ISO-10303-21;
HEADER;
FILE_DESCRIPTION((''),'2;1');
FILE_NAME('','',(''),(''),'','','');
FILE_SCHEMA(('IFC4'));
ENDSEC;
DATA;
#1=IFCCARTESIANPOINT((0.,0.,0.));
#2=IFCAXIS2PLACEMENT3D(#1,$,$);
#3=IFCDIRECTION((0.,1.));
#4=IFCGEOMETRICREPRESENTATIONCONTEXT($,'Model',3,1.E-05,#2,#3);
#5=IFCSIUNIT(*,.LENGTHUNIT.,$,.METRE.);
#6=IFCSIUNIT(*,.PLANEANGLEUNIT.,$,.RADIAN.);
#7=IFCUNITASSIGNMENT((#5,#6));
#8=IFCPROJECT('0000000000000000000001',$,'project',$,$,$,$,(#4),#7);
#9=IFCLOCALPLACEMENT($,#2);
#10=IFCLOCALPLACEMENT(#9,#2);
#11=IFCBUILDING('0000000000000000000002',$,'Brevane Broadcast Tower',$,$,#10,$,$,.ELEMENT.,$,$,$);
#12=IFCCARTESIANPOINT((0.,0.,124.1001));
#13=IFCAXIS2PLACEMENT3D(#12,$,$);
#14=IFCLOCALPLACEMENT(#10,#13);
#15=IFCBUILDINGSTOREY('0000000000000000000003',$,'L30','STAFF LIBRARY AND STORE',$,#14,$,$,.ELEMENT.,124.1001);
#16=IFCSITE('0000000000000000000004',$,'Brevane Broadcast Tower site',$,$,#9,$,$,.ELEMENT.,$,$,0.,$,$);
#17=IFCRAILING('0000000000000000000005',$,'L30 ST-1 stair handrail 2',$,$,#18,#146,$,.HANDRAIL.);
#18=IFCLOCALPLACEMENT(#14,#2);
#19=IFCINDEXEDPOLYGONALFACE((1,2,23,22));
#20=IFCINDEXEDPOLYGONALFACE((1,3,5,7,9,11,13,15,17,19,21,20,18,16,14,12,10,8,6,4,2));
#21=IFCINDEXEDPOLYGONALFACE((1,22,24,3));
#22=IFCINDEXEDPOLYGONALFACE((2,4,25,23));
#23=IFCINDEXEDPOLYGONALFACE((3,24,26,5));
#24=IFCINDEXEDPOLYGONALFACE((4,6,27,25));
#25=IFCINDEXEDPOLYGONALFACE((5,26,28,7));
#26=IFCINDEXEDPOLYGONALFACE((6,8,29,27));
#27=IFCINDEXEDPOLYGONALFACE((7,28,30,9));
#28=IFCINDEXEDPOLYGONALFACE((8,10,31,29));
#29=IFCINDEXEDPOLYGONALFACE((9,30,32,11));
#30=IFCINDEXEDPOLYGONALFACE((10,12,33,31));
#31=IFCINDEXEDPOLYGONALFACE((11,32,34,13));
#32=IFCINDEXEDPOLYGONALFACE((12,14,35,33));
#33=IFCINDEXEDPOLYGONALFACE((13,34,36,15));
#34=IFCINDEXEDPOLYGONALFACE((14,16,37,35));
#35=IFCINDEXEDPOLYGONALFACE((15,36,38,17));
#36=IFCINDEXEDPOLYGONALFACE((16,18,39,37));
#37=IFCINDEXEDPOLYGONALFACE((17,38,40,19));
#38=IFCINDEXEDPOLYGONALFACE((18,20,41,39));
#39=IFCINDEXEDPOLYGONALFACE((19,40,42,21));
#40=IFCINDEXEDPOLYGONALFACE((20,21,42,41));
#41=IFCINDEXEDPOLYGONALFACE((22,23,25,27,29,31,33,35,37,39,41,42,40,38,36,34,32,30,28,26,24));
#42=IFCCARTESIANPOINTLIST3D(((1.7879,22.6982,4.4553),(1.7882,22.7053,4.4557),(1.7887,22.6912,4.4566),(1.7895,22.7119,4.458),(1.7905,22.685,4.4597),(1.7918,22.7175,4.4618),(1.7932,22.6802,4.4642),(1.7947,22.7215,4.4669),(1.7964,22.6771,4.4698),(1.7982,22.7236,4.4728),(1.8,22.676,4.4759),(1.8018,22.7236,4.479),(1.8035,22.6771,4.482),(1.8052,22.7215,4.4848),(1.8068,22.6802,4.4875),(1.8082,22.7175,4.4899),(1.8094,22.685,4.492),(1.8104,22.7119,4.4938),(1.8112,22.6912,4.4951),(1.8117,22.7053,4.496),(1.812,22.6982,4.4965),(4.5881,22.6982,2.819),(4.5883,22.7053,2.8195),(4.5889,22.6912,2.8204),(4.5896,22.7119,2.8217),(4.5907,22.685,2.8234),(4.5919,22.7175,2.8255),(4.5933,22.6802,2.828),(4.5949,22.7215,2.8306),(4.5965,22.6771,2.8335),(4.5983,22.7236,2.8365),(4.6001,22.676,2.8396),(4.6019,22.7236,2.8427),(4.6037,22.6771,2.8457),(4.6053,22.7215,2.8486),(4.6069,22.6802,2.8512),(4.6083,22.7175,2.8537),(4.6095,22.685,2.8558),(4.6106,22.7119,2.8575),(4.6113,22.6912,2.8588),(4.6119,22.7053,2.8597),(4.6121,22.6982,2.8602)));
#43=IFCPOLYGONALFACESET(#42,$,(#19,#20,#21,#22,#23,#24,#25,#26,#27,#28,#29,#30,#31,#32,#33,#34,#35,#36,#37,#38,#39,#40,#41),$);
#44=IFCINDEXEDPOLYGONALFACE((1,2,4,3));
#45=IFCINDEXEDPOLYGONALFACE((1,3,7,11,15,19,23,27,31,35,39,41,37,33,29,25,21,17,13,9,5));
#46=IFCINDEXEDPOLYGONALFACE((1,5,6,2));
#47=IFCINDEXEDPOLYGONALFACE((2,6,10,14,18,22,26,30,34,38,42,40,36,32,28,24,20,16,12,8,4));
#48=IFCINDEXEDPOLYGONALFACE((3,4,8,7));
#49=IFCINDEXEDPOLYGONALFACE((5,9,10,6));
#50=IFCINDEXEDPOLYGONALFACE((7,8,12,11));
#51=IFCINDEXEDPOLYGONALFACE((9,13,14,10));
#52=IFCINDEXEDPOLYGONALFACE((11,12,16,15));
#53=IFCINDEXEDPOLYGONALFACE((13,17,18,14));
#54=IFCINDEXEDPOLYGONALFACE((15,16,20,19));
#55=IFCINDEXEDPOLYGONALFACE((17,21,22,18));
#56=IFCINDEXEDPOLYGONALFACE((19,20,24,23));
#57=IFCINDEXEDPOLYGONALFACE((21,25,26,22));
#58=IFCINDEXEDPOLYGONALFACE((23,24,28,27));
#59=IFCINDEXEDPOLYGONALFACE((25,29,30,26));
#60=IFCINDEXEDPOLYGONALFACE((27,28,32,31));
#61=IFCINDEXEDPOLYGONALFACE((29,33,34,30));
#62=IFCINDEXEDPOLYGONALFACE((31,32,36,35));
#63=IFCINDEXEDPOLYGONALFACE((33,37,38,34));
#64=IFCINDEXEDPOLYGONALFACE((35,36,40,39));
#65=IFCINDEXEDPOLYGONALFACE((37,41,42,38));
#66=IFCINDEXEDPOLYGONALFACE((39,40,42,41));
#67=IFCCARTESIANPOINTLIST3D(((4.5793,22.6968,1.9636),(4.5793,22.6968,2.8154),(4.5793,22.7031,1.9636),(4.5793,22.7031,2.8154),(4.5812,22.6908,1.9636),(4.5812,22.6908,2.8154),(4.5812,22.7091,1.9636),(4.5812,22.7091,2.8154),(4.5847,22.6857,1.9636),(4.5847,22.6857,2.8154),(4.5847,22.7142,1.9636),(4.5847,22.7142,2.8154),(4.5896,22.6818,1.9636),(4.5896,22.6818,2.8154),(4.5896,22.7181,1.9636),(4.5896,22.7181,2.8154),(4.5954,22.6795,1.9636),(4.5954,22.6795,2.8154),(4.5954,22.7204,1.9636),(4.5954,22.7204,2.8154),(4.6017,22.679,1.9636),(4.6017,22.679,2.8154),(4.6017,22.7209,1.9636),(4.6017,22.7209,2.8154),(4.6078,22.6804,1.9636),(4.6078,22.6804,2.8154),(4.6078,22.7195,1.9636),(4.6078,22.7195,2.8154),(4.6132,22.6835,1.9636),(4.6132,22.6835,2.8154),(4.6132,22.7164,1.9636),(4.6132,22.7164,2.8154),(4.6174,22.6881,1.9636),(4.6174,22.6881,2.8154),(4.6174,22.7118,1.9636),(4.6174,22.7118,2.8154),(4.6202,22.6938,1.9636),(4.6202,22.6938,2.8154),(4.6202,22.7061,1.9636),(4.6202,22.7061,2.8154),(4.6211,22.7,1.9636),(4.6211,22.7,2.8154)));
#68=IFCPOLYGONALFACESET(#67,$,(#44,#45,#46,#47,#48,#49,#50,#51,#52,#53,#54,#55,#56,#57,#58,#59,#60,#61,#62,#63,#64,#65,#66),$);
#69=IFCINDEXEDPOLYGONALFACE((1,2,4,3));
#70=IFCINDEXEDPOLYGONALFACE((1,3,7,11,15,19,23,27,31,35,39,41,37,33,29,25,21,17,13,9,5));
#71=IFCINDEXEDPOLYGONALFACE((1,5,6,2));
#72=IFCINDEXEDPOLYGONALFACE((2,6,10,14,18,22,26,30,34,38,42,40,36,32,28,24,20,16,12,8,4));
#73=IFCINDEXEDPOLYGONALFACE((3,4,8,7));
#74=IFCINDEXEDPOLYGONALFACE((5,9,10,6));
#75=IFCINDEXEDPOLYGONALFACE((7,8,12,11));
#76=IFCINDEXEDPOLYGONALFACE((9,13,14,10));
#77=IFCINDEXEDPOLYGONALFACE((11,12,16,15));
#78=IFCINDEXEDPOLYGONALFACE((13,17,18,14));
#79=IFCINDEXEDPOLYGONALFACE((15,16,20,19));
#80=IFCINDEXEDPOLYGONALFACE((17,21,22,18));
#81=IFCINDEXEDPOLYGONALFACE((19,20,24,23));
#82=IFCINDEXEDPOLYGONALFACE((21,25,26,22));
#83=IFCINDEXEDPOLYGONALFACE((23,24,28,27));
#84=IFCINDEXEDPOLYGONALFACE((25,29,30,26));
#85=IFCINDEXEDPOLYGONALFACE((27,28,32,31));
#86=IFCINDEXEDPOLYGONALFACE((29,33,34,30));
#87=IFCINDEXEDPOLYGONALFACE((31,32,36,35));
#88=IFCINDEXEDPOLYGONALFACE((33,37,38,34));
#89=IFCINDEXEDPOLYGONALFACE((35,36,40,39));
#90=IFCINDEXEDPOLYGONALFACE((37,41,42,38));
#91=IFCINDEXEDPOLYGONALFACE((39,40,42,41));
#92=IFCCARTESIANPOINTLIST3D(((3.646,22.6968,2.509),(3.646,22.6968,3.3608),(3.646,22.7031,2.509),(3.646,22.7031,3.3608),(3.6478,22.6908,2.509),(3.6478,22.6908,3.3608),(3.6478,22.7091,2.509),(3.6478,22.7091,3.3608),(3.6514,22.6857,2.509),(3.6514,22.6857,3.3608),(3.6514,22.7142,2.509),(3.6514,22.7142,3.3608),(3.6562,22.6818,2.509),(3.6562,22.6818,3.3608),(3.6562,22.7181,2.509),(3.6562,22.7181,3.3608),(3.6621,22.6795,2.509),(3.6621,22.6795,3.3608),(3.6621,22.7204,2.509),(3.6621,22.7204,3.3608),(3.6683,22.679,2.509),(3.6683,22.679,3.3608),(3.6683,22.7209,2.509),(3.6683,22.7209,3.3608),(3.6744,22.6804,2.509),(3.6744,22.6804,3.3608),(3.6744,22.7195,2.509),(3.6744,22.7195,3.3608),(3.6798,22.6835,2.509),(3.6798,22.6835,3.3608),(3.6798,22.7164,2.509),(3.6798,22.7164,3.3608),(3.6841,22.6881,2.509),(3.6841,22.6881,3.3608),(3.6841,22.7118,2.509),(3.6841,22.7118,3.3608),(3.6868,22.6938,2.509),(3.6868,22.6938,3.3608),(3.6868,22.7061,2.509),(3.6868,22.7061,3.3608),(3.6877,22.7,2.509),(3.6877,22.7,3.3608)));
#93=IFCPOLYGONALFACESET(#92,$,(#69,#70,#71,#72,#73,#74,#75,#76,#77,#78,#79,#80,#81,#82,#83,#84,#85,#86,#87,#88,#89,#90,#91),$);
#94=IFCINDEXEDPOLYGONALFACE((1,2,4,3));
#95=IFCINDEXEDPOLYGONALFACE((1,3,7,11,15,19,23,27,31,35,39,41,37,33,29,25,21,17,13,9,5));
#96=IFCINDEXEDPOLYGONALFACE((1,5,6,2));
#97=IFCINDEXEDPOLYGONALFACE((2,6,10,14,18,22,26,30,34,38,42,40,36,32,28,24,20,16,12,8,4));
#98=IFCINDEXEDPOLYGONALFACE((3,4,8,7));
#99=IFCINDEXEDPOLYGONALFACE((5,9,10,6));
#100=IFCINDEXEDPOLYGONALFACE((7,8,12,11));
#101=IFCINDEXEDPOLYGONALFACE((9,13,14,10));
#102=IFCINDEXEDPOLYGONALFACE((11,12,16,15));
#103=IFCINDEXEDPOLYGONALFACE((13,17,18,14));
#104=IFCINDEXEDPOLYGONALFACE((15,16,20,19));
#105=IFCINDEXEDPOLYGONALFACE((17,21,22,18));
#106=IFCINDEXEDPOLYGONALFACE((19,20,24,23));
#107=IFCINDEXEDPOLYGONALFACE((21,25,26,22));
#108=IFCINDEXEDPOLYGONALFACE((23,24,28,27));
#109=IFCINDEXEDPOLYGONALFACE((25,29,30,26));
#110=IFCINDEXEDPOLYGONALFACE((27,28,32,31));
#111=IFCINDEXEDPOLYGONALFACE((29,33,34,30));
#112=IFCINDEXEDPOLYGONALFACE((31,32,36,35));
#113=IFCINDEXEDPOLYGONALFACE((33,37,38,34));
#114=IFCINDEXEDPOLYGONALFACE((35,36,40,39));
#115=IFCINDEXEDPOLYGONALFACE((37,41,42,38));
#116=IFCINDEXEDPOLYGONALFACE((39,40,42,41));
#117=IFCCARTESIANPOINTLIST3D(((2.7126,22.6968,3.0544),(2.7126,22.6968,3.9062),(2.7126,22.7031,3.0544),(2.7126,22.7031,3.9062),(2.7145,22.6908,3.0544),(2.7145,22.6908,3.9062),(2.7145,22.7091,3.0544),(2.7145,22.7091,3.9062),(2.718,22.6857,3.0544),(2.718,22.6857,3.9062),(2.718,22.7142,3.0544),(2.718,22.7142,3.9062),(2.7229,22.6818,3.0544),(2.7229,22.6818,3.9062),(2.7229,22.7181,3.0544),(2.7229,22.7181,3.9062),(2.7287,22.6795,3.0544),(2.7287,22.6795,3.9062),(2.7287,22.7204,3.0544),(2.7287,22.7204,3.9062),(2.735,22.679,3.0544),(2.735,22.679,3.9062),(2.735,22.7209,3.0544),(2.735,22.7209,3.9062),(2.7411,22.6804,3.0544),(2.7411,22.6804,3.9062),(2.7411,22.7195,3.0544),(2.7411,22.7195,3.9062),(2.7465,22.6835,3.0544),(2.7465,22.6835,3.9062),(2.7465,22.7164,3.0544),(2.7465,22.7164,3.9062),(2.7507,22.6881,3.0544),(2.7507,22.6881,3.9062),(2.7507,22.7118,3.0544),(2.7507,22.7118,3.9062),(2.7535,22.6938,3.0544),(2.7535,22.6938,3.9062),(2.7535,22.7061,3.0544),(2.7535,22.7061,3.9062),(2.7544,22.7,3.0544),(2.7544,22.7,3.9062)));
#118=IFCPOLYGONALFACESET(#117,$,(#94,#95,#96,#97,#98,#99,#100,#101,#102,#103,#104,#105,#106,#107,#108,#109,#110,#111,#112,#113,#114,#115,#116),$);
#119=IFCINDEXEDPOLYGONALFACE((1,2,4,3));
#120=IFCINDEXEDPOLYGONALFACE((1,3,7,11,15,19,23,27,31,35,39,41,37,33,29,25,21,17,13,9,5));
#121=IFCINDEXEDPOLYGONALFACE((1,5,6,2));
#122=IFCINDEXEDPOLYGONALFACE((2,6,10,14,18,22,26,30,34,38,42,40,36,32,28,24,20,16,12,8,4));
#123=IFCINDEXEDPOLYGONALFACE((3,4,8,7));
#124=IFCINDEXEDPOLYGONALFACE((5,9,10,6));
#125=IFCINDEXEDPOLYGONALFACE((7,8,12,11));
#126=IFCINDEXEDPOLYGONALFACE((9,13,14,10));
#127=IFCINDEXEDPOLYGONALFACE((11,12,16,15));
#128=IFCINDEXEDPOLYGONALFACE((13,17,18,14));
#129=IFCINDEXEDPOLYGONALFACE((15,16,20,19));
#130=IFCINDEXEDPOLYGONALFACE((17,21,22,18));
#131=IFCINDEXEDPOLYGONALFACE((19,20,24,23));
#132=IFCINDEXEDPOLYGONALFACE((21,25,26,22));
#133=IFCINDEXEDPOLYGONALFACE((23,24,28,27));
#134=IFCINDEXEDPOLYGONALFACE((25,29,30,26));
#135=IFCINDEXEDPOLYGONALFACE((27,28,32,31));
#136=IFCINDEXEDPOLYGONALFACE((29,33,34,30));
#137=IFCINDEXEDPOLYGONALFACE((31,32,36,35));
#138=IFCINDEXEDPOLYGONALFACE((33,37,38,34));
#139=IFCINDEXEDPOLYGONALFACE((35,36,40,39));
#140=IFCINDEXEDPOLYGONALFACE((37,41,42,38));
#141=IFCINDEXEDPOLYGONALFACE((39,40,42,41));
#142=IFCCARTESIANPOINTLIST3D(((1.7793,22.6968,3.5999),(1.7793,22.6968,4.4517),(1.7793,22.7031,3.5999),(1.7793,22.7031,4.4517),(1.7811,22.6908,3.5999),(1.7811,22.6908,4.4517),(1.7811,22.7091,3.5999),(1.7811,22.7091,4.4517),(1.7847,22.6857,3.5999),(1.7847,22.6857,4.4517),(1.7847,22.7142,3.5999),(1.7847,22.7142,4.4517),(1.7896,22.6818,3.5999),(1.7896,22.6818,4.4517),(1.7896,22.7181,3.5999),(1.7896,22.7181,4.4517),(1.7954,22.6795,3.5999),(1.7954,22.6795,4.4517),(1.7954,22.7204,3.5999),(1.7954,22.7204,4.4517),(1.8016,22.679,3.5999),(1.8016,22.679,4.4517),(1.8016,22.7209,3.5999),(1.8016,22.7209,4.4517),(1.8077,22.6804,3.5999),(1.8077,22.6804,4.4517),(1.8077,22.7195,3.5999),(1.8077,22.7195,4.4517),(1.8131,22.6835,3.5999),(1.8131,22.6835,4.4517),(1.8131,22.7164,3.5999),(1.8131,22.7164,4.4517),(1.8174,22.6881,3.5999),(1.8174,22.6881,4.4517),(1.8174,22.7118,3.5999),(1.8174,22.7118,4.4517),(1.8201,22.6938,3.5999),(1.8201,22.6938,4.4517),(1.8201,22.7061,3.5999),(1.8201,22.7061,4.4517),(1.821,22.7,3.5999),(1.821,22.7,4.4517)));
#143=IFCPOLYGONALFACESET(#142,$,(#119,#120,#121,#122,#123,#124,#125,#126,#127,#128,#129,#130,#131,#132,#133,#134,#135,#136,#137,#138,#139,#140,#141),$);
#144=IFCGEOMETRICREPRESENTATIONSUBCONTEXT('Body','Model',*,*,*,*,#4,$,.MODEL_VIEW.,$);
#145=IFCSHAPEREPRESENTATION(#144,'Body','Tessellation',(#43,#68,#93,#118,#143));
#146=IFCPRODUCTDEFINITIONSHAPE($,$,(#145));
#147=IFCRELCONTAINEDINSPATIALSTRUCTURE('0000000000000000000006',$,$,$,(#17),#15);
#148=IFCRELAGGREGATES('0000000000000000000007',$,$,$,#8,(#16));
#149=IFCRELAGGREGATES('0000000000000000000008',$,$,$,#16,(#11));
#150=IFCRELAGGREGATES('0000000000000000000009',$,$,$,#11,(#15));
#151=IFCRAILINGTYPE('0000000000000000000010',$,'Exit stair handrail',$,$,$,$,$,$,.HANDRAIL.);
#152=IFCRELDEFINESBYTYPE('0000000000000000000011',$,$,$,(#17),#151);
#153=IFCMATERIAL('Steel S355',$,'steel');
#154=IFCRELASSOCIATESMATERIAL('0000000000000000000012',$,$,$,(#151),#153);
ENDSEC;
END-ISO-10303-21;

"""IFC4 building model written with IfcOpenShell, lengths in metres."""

from ifc_helpers import new_model, si_unit, direction, frame, origin, origin_2d, place, context, subcontext, project, spatial, circle, extrude, material, type_object, element, save


model = new_model("IFC4")

# Units and contexts
model_context = context("Model", 3, precision=1e-05, world=origin(), true_north=direction((0.0, 1.0)))
body_context = subcontext(model_context, "Body", "Model", "MODEL_VIEW")
ifc_project = project(units=[si_unit("LENGTHUNIT", "METRE"), si_unit("PLANEANGLEUNIT", "RADIAN")], contexts=[model_context])

# Site, building, storey
site_placement = place(None, origin())
site = spatial("IfcSite", under=ifc_project, at=site_placement, Name="Brevane Broadcast Tower site", CompositionType="ELEMENT", RefElevation=0.0)
building_placement = place(site_placement, origin())
building = spatial("IfcBuilding", under=site, at=building_placement, Name="Brevane Broadcast Tower", CompositionType="ELEMENT")
storey_placement = place(building_placement, frame((0.0, 0.0, 124.1001)))
storey = spatial("IfcBuildingStorey", under=building, at=storey_placement, Name="L30", Description="STAFF LIBRARY AND STORE", CompositionType="ELEMENT", Elevation=124.1001)

# Railing
ifc_material_1 = material(Name="Steel S355", Category="steel")
railing_type_1 = type_object("IfcRailingType", Name="Exit stair handrail", PredefinedType="HANDRAIL", material=ifc_material_1)
railing_1_placement = place(storey_placement, frame((4.6001, 22.7, 1.9636)))
element("IfcRailing", 1, at=railing_1_placement, inside=storey, type_object=railing_type_1, Name="L30 ST-1 stair handrail 2", PredefinedType="HANDRAIL", context=body_context, shape_type="SweptSolid", body=[
    extrude(circle(Radius=0.0239, at=origin_2d()), frame((0.0, 0.0, 0.876), z_axis=(-0.863394, 0.0, 0.504531), x_axis=(0.0, -1.0, 0.0)), (0.0, 0.0, 1.0), 3.2432),
    extrude(circle(Radius=0.021, at=origin_2d()), origin(), (0.0, 0.0, 1.0), 0.8518),
    extrude(circle(Radius=0.021, at=origin_2d()), frame((-0.9333, 0.0, 0.5454)), (0.0, 0.0, 1.0), 0.8518),
    extrude(circle(Radius=0.021, at=origin_2d()), frame((-1.8667, 0.0, 1.0908)), (0.0, 0.0, 1.0), 0.8518),
    extrude(circle(Radius=0.021, at=origin_2d()), frame((-2.8, 0.0, 1.6362)), (0.0, 0.0, 1.0), 0.8518),
])

save(model, "model.ifc")
